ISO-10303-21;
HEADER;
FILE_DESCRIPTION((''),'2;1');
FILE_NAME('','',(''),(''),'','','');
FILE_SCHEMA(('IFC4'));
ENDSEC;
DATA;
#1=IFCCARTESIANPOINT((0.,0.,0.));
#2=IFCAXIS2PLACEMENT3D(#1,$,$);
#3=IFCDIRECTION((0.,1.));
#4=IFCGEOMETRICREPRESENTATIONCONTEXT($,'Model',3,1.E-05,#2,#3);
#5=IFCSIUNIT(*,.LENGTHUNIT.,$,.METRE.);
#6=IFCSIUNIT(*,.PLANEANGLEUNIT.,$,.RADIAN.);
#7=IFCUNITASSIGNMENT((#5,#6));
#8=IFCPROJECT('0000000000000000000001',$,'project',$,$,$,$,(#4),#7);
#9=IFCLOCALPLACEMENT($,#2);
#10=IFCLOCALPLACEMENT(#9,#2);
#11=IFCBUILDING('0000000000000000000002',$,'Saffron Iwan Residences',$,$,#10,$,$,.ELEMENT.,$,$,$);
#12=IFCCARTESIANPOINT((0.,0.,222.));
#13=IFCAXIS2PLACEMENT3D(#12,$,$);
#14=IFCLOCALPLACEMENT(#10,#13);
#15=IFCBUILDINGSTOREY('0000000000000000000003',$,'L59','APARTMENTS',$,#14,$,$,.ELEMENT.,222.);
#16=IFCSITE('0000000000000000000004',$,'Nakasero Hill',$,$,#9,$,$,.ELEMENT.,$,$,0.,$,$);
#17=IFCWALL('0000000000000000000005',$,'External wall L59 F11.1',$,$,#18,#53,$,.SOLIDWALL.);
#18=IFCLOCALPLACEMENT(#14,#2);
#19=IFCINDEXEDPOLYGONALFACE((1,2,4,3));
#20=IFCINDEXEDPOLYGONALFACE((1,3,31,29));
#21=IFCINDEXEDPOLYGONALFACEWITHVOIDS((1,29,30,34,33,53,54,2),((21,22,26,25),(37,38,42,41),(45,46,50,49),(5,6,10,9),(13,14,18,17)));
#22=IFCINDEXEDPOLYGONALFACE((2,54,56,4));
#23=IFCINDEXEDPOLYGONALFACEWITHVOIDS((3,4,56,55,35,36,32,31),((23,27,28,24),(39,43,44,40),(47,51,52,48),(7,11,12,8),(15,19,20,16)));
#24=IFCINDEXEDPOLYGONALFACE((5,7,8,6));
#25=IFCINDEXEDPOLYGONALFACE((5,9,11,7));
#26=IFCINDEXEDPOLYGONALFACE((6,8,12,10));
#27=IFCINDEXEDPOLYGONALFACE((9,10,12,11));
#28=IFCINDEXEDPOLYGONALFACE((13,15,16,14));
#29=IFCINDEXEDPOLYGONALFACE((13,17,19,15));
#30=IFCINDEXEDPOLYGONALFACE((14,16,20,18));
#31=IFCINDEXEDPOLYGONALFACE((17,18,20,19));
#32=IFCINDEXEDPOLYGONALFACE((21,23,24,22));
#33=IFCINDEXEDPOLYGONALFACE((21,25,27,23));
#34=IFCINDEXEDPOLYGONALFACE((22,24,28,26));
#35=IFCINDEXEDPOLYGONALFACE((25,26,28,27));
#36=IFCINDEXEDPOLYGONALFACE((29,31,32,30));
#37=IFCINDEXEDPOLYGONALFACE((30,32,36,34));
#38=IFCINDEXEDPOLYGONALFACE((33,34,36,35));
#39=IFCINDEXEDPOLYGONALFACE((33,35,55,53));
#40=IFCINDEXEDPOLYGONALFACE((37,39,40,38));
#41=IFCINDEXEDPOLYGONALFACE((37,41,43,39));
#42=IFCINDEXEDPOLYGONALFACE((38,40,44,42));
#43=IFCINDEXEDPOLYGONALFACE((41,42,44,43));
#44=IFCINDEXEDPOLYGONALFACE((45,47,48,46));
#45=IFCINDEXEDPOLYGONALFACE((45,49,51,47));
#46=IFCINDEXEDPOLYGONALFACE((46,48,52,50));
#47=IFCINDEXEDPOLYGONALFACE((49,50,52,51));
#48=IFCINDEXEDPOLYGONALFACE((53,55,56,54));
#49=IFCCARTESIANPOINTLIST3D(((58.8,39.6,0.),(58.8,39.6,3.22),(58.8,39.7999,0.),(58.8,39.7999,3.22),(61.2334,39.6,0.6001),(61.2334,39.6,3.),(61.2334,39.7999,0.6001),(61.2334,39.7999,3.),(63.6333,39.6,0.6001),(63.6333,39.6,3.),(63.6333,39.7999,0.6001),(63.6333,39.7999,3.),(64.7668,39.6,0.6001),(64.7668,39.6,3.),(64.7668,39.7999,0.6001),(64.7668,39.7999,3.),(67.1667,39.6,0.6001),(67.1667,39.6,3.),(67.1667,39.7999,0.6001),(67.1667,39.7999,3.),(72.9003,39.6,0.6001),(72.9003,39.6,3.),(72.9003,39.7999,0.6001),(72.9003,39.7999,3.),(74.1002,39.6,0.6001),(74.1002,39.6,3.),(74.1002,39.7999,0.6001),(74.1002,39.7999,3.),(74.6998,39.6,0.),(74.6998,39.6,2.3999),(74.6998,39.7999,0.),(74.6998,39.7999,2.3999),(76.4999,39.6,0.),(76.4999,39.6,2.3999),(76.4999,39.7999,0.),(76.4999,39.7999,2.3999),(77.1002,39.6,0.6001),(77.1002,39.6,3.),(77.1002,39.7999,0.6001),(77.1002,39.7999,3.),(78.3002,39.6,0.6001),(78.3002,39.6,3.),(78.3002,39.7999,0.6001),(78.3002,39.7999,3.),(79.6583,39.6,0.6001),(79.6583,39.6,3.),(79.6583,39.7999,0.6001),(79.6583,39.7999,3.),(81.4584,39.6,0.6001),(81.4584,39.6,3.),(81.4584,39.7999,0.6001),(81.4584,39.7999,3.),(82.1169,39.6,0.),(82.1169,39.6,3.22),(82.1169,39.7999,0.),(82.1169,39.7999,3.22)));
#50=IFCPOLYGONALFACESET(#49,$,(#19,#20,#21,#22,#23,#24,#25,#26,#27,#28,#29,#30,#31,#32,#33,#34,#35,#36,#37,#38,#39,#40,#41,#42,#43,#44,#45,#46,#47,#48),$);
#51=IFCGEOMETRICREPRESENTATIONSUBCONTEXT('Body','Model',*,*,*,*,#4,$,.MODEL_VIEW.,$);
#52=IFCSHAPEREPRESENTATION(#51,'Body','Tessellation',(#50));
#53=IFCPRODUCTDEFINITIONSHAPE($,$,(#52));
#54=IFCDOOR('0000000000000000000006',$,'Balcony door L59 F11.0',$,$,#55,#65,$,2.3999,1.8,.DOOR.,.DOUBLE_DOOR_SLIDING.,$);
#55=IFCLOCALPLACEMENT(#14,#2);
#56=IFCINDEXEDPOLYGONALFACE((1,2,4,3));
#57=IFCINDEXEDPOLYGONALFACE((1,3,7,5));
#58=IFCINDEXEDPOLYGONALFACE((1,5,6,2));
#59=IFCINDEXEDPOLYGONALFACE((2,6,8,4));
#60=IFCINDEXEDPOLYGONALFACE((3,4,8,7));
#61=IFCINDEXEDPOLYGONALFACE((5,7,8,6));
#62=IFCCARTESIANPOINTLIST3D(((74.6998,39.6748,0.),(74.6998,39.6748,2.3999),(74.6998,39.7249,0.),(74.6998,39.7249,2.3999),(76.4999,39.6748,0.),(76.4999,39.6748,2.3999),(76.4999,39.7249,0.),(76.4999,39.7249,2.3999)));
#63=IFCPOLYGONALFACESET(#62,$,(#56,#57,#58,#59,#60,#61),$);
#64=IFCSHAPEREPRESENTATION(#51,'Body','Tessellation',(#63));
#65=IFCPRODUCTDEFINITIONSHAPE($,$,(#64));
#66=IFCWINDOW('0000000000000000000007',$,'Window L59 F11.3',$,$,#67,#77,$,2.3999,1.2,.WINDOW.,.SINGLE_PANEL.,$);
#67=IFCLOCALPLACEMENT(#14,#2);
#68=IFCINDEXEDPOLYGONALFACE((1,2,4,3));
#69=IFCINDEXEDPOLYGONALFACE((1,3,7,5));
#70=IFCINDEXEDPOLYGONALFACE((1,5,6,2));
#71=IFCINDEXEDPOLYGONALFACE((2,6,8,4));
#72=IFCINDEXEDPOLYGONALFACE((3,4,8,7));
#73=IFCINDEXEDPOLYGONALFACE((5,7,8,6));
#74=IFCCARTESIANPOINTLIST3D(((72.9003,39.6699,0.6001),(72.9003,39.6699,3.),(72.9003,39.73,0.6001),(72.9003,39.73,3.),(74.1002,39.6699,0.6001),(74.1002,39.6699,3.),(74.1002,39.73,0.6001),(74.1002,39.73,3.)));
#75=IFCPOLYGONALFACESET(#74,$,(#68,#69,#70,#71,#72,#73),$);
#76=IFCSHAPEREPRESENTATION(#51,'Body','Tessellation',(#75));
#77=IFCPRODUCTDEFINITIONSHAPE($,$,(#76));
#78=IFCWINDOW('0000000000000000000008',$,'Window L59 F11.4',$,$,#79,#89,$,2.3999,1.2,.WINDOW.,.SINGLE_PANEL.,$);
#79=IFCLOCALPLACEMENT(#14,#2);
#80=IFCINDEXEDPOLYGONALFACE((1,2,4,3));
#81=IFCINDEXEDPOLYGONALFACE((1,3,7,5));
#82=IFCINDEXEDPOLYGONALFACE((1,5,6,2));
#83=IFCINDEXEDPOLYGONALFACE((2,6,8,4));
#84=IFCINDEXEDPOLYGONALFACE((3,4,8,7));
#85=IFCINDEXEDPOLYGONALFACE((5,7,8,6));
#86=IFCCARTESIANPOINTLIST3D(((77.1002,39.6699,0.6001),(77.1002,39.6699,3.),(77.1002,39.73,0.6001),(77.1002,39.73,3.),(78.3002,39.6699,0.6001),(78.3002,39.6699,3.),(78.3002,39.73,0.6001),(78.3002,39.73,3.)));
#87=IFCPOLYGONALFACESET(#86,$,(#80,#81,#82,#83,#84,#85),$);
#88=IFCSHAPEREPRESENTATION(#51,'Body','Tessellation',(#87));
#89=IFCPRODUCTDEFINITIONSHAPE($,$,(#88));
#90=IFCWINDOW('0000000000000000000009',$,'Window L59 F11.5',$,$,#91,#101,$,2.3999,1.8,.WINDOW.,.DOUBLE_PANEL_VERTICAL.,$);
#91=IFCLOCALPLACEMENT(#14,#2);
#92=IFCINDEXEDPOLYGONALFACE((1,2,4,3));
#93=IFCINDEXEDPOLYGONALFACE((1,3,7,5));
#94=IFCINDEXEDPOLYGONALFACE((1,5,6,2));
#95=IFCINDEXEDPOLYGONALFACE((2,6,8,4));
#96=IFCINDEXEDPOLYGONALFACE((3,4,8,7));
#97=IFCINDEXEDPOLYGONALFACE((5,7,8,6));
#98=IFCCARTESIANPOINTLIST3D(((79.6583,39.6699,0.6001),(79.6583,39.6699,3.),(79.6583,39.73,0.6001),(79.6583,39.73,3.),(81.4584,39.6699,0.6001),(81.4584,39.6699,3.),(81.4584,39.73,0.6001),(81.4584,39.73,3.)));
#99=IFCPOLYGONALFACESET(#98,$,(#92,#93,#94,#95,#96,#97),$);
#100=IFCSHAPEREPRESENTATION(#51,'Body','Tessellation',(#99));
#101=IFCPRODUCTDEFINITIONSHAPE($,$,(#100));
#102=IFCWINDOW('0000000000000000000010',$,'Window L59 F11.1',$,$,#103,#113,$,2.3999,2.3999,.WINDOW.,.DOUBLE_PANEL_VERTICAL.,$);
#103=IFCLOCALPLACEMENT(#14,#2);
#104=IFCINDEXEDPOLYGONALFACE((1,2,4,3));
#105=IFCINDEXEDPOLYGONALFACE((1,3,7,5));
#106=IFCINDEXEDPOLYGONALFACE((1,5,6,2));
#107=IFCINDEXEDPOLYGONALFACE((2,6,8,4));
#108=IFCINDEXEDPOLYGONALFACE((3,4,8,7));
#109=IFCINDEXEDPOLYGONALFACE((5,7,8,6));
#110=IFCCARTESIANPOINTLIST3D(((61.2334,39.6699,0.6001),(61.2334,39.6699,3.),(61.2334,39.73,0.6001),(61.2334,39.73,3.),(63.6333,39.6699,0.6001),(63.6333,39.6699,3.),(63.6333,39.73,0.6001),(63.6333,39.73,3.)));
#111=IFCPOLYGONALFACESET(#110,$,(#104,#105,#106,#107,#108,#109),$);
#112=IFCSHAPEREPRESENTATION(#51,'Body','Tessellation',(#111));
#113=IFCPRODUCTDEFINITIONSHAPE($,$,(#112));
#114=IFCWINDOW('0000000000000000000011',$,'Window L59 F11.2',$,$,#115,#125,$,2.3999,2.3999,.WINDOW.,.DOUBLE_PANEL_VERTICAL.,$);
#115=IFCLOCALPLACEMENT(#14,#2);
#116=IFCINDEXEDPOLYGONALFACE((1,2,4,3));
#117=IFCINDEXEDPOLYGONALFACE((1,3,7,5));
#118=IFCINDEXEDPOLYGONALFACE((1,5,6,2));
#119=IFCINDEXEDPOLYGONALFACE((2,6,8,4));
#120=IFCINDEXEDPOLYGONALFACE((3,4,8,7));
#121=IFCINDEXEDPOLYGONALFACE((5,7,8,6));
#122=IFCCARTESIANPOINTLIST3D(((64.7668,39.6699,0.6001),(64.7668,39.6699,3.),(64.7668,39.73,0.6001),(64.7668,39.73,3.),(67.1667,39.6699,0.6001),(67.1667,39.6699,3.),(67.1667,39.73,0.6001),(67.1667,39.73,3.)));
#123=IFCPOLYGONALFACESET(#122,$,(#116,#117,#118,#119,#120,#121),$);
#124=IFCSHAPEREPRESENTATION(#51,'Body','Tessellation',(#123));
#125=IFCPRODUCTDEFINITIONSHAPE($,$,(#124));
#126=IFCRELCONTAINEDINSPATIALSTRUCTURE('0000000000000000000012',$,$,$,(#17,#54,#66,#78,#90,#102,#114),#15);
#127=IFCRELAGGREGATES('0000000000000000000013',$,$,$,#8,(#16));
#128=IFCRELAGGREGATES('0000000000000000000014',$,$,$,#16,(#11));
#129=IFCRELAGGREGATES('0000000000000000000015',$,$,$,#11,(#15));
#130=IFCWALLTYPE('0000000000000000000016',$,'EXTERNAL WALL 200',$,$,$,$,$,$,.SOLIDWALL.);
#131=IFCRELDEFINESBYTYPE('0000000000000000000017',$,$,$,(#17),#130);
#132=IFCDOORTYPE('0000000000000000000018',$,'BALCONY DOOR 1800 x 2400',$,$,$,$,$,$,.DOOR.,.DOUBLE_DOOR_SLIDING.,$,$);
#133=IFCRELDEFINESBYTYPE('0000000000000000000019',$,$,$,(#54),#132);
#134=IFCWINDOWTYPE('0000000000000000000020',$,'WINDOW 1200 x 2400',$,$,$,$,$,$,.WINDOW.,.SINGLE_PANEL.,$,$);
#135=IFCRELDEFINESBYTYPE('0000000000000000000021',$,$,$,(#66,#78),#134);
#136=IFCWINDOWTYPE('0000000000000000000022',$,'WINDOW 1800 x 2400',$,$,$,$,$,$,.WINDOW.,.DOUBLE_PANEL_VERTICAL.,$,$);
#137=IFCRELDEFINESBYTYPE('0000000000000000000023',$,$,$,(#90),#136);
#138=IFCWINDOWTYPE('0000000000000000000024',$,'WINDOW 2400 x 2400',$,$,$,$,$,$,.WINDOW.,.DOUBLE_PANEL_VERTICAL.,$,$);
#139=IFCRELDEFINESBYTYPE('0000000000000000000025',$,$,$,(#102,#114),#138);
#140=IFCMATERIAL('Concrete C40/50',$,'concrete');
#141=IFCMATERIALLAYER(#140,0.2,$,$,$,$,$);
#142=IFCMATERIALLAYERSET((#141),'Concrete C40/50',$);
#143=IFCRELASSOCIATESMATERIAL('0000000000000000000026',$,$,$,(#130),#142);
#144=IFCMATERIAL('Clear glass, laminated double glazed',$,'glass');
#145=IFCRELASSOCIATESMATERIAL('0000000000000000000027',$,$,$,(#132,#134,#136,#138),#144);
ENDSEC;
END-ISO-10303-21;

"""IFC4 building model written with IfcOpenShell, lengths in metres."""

from ifc_helpers import new_model, si_unit, direction, frame, frame_2d, origin, place, context, subcontext, project, spatial, rectangle, extrude, material, layer, layer_set, type_object, element, fill, save


model = new_model("IFC4")

# Units and contexts
model_context = context("Model", 3, precision=1e-05, world=origin(), true_north=direction((0.0, 1.0)))
body_context = subcontext(model_context, "Body", "Model", "MODEL_VIEW")
ifc_project = project(units=[si_unit("LENGTHUNIT", "METRE"), si_unit("PLANEANGLEUNIT", "RADIAN")], contexts=[model_context])

# Site, building, storey
site_placement = place(None, origin())
site = spatial("IfcSite", under=ifc_project, at=site_placement, Name="Nakasero Hill", CompositionType="ELEMENT", RefElevation=0.0)
building_placement = place(site_placement, origin())
building = spatial("IfcBuilding", under=site, at=building_placement, Name="Saffron Iwan Residences", CompositionType="ELEMENT")
storey_placement = place(building_placement, frame((0.0, 0.0, 222.0)))
storey = spatial("IfcBuildingStorey", under=building, at=storey_placement, Name="L59", Description="APARTMENTS", CompositionType="ELEMENT", Elevation=222.0)

# Shared definitions
ifc_material_1 = material(Name="Concrete C40/50", Category="concrete")

# Wall, openings, door, windows
ifc_layer_1 = layer(ifc_material_1, 0.2)
ifc_layer_set_1 = layer_set([ifc_layer_1], Name="Concrete C40/50")
wall_type_1 = type_object("IfcWallType", Name="EXTERNAL WALL 200", PredefinedType="SOLIDWALL", material=ifc_layer_set_1)
wall_1_placement = place(storey_placement, frame((58.8, 39.7, 0.0), z_axis=(0.0, 0.0, 1.0), x_axis=(1.0, 0.0, 0.0)))
wall_1 = element("IfcWall", 1, at=wall_1_placement, inside=storey, type_object=wall_type_1, Name="External wall L59 F11.1", PredefinedType="SOLIDWALL", context=body_context, shape_type="SweptSolid", body=[
    extrude(rectangle(XDim=23.3169, YDim=0.2, at=frame_2d((11.6584, 0.0))), origin(), (0.0, 0.0, 1.0), 3.22),
])
opening_1_placement = place(wall_1_placement, frame((15.8999, 0.0, 0.0)))
opening_1 = element("IfcOpeningElement", 2, at=opening_1_placement, cuts=wall_1, PredefinedType="OPENING", context=body_context, shape_type="SweptSolid", body=[
    extrude(rectangle(XDim=1.8, YDim=2.3999, at=frame_2d((0.8999, 1.2))), frame((0.0, 0.1099, 0.0), z_axis=(0.0, -1.0, 0.0), x_axis=(1.0, 0.0, 0.0)), (0.0, 0.0, 1.0), 0.22),
])
opening_2_placement = place(wall_1_placement, frame((2.4333, 0.0, 0.6001)))
opening_2 = element("IfcOpeningElement", 3, at=opening_2_placement, cuts=wall_1, PredefinedType="OPENING", context=body_context, shape_type="SweptSolid", body=[
    extrude(rectangle(XDim=2.3999, YDim=2.3999, at=frame_2d((1.2, 1.2))), frame((0.0, 0.1099, 0.0), z_axis=(0.0, -1.0, 0.0), x_axis=(1.0, 0.0, 0.0)), (0.0, 0.0, 1.0), 0.22),
])
opening_3_placement = place(wall_1_placement, frame((5.9668, 0.0, 0.6001)))
opening_3 = element("IfcOpeningElement", 4, at=opening_3_placement, cuts=wall_1, PredefinedType="OPENING", context=body_context, shape_type="SweptSolid", body=[
    extrude(rectangle(XDim=2.3999, YDim=2.3999, at=frame_2d((1.2, 1.2))), frame((0.0, 0.1099, 0.0), z_axis=(0.0, -1.0, 0.0), x_axis=(1.0, 0.0, 0.0)), (0.0, 0.0, 1.0), 0.22),
])
opening_4_placement = place(wall_1_placement, frame((14.1001, 0.0, 0.6001)))
opening_4 = element("IfcOpeningElement", 5, at=opening_4_placement, cuts=wall_1, PredefinedType="OPENING", context=body_context, shape_type="SweptSolid", body=[
    extrude(rectangle(XDim=1.2, YDim=2.3999, at=frame_2d((0.6001, 1.2))), frame((0.0, 0.1099, 0.0), z_axis=(0.0, -1.0, 0.0), x_axis=(1.0, 0.0, 0.0)), (0.0, 0.0, 1.0), 0.22),
])
opening_5_placement = place(wall_1_placement, frame((18.3, 0.0, 0.6001)))
opening_5 = element("IfcOpeningElement", 6, at=opening_5_placement, cuts=wall_1, PredefinedType="OPENING", context=body_context, shape_type="SweptSolid", body=[
    extrude(rectangle(XDim=1.2, YDim=2.3999, at=frame_2d((0.6001, 1.2))), frame((0.0, 0.1099, 0.0), z_axis=(0.0, -1.0, 0.0), x_axis=(1.0, 0.0, 0.0)), (0.0, 0.0, 1.0), 0.22),
])
opening_6_placement = place(wall_1_placement, frame((20.8584, 0.0, 0.6001)))
opening_6 = element("IfcOpeningElement", 7, at=opening_6_placement, cuts=wall_1, PredefinedType="OPENING", context=body_context, shape_type="SweptSolid", body=[
    extrude(rectangle(XDim=1.8, YDim=2.3999, at=frame_2d((0.8999, 1.2))), frame((0.0, 0.1099, 0.0), z_axis=(0.0, -1.0, 0.0), x_axis=(1.0, 0.0, 0.0)), (0.0, 0.0, 1.0), 0.22),
])
ifc_material_2 = material(Name="Clear glass, laminated double glazed", Category="glass")
door_type_1 = type_object("IfcDoorType", Name="BALCONY DOOR 1800 x 2400", OperationType="DOUBLE_DOOR_SLIDING", PredefinedType="DOOR", material=ifc_material_2)
door_1_placement = place(opening_1_placement, origin())
door_1 = element("IfcDoor", 8, at=door_1_placement, inside=storey, type_object=door_type_1, Name="Balcony door L59 F11.0", OperationType="DOUBLE_DOOR_SLIDING", OverallHeight=2.3999, OverallWidth=1.8, PredefinedType="DOOR", context=body_context, shape_type="SweptSolid", body=[
    extrude(rectangle(XDim=1.8, YDim=2.3999, at=frame_2d((0.8999, 1.2))), frame((0.0, 0.0249, 0.0), z_axis=(0.0, -1.0, 0.0), x_axis=(1.0, 0.0, 0.0)), (0.0, 0.0, 1.0), 0.05),
])
fill(opening_1, door_1)
window_type_1 = type_object("IfcWindowType", Name="WINDOW 1200 x 2400", PartitioningType="SINGLE_PANEL", PredefinedType="WINDOW", material=ifc_material_2)
window_1_placement = place(opening_4_placement, origin())
window_1 = element("IfcWindow", 9, at=window_1_placement, inside=storey, type_object=window_type_1, Name="Window L59 F11.3", OverallHeight=2.3999, OverallWidth=1.2, PartitioningType="SINGLE_PANEL", PredefinedType="WINDOW", context=body_context, shape_type="SweptSolid", body=[
    extrude(rectangle(XDim=1.2, YDim=2.3999, at=frame_2d((0.6001, 1.2))), frame((0.0, 0.03, 0.0), z_axis=(0.0, -1.0, 0.0), x_axis=(1.0, 0.0, 0.0)), (0.0, 0.0, 1.0), 0.0601),
])
fill(opening_4, window_1)
window_2_placement = place(opening_5_placement, origin())
window_2 = element("IfcWindow", 10, at=window_2_placement, inside=storey, type_object=window_type_1, Name="Window L59 F11.4", OverallHeight=2.3999, OverallWidth=1.2, PartitioningType="SINGLE_PANEL", PredefinedType="WINDOW", context=body_context, shape_type="SweptSolid", body=[
    extrude(rectangle(XDim=1.2, YDim=2.3999, at=frame_2d((0.6001, 1.2))), frame((0.0, 0.03, 0.0), z_axis=(0.0, -1.0, 0.0), x_axis=(1.0, 0.0, 0.0)), (0.0, 0.0, 1.0), 0.0601),
])
fill(opening_5, window_2)
window_type_2 = type_object("IfcWindowType", Name="WINDOW 1800 x 2400", PartitioningType="DOUBLE_PANEL_VERTICAL", PredefinedType="WINDOW", material=ifc_material_2)
window_3_placement = place(opening_6_placement, origin())
window_3 = element("IfcWindow", 11, at=window_3_placement, inside=storey, type_object=window_type_2, Name="Window L59 F11.5", OverallHeight=2.3999, OverallWidth=1.8, PartitioningType="DOUBLE_PANEL_VERTICAL", PredefinedType="WINDOW", context=body_context, shape_type="SweptSolid", body=[
    extrude(rectangle(XDim=1.8, YDim=2.3999, at=frame_2d((0.8999, 1.2))), frame((0.0, 0.03, 0.0), z_axis=(0.0, -1.0, 0.0), x_axis=(1.0, 0.0, 0.0)), (0.0, 0.0, 1.0), 0.0601),
])
fill(opening_6, window_3)
window_type_3 = type_object("IfcWindowType", Name="WINDOW 2400 x 2400", PartitioningType="DOUBLE_PANEL_VERTICAL", PredefinedType="WINDOW", material=ifc_material_2)
window_4_placement = place(opening_2_placement, origin())
window_4 = element("IfcWindow", 12, at=window_4_placement, inside=storey, type_object=window_type_3, Name="Window L59 F11.1", OverallHeight=2.3999, OverallWidth=2.3999, PartitioningType="DOUBLE_PANEL_VERTICAL", PredefinedType="WINDOW", context=body_context, shape_type="SweptSolid", body=[
    extrude(rectangle(XDim=2.3999, YDim=2.3999, at=frame_2d((1.2, 1.2))), frame((0.0, 0.03, 0.0), z_axis=(0.0, -1.0, 0.0), x_axis=(1.0, 0.0, 0.0)), (0.0, 0.0, 1.0), 0.0601),
])
fill(opening_2, window_4)
window_5_placement = place(opening_3_placement, origin())
window_5 = element("IfcWindow", 13, at=window_5_placement, inside=storey, type_object=window_type_3, Name="Window L59 F11.2", OverallHeight=2.3999, OverallWidth=2.3999, PartitioningType="DOUBLE_PANEL_VERTICAL", PredefinedType="WINDOW", context=body_context, shape_type="SweptSolid", body=[
    extrude(rectangle(XDim=2.3999, YDim=2.3999, at=frame_2d((1.2, 1.2))), frame((0.0, 0.03, 0.0), z_axis=(0.0, -1.0, 0.0), x_axis=(1.0, 0.0, 0.0)), (0.0, 0.0, 1.0), 0.0601),
])
fill(opening_3, window_5)

save(model, "model.ifc")
